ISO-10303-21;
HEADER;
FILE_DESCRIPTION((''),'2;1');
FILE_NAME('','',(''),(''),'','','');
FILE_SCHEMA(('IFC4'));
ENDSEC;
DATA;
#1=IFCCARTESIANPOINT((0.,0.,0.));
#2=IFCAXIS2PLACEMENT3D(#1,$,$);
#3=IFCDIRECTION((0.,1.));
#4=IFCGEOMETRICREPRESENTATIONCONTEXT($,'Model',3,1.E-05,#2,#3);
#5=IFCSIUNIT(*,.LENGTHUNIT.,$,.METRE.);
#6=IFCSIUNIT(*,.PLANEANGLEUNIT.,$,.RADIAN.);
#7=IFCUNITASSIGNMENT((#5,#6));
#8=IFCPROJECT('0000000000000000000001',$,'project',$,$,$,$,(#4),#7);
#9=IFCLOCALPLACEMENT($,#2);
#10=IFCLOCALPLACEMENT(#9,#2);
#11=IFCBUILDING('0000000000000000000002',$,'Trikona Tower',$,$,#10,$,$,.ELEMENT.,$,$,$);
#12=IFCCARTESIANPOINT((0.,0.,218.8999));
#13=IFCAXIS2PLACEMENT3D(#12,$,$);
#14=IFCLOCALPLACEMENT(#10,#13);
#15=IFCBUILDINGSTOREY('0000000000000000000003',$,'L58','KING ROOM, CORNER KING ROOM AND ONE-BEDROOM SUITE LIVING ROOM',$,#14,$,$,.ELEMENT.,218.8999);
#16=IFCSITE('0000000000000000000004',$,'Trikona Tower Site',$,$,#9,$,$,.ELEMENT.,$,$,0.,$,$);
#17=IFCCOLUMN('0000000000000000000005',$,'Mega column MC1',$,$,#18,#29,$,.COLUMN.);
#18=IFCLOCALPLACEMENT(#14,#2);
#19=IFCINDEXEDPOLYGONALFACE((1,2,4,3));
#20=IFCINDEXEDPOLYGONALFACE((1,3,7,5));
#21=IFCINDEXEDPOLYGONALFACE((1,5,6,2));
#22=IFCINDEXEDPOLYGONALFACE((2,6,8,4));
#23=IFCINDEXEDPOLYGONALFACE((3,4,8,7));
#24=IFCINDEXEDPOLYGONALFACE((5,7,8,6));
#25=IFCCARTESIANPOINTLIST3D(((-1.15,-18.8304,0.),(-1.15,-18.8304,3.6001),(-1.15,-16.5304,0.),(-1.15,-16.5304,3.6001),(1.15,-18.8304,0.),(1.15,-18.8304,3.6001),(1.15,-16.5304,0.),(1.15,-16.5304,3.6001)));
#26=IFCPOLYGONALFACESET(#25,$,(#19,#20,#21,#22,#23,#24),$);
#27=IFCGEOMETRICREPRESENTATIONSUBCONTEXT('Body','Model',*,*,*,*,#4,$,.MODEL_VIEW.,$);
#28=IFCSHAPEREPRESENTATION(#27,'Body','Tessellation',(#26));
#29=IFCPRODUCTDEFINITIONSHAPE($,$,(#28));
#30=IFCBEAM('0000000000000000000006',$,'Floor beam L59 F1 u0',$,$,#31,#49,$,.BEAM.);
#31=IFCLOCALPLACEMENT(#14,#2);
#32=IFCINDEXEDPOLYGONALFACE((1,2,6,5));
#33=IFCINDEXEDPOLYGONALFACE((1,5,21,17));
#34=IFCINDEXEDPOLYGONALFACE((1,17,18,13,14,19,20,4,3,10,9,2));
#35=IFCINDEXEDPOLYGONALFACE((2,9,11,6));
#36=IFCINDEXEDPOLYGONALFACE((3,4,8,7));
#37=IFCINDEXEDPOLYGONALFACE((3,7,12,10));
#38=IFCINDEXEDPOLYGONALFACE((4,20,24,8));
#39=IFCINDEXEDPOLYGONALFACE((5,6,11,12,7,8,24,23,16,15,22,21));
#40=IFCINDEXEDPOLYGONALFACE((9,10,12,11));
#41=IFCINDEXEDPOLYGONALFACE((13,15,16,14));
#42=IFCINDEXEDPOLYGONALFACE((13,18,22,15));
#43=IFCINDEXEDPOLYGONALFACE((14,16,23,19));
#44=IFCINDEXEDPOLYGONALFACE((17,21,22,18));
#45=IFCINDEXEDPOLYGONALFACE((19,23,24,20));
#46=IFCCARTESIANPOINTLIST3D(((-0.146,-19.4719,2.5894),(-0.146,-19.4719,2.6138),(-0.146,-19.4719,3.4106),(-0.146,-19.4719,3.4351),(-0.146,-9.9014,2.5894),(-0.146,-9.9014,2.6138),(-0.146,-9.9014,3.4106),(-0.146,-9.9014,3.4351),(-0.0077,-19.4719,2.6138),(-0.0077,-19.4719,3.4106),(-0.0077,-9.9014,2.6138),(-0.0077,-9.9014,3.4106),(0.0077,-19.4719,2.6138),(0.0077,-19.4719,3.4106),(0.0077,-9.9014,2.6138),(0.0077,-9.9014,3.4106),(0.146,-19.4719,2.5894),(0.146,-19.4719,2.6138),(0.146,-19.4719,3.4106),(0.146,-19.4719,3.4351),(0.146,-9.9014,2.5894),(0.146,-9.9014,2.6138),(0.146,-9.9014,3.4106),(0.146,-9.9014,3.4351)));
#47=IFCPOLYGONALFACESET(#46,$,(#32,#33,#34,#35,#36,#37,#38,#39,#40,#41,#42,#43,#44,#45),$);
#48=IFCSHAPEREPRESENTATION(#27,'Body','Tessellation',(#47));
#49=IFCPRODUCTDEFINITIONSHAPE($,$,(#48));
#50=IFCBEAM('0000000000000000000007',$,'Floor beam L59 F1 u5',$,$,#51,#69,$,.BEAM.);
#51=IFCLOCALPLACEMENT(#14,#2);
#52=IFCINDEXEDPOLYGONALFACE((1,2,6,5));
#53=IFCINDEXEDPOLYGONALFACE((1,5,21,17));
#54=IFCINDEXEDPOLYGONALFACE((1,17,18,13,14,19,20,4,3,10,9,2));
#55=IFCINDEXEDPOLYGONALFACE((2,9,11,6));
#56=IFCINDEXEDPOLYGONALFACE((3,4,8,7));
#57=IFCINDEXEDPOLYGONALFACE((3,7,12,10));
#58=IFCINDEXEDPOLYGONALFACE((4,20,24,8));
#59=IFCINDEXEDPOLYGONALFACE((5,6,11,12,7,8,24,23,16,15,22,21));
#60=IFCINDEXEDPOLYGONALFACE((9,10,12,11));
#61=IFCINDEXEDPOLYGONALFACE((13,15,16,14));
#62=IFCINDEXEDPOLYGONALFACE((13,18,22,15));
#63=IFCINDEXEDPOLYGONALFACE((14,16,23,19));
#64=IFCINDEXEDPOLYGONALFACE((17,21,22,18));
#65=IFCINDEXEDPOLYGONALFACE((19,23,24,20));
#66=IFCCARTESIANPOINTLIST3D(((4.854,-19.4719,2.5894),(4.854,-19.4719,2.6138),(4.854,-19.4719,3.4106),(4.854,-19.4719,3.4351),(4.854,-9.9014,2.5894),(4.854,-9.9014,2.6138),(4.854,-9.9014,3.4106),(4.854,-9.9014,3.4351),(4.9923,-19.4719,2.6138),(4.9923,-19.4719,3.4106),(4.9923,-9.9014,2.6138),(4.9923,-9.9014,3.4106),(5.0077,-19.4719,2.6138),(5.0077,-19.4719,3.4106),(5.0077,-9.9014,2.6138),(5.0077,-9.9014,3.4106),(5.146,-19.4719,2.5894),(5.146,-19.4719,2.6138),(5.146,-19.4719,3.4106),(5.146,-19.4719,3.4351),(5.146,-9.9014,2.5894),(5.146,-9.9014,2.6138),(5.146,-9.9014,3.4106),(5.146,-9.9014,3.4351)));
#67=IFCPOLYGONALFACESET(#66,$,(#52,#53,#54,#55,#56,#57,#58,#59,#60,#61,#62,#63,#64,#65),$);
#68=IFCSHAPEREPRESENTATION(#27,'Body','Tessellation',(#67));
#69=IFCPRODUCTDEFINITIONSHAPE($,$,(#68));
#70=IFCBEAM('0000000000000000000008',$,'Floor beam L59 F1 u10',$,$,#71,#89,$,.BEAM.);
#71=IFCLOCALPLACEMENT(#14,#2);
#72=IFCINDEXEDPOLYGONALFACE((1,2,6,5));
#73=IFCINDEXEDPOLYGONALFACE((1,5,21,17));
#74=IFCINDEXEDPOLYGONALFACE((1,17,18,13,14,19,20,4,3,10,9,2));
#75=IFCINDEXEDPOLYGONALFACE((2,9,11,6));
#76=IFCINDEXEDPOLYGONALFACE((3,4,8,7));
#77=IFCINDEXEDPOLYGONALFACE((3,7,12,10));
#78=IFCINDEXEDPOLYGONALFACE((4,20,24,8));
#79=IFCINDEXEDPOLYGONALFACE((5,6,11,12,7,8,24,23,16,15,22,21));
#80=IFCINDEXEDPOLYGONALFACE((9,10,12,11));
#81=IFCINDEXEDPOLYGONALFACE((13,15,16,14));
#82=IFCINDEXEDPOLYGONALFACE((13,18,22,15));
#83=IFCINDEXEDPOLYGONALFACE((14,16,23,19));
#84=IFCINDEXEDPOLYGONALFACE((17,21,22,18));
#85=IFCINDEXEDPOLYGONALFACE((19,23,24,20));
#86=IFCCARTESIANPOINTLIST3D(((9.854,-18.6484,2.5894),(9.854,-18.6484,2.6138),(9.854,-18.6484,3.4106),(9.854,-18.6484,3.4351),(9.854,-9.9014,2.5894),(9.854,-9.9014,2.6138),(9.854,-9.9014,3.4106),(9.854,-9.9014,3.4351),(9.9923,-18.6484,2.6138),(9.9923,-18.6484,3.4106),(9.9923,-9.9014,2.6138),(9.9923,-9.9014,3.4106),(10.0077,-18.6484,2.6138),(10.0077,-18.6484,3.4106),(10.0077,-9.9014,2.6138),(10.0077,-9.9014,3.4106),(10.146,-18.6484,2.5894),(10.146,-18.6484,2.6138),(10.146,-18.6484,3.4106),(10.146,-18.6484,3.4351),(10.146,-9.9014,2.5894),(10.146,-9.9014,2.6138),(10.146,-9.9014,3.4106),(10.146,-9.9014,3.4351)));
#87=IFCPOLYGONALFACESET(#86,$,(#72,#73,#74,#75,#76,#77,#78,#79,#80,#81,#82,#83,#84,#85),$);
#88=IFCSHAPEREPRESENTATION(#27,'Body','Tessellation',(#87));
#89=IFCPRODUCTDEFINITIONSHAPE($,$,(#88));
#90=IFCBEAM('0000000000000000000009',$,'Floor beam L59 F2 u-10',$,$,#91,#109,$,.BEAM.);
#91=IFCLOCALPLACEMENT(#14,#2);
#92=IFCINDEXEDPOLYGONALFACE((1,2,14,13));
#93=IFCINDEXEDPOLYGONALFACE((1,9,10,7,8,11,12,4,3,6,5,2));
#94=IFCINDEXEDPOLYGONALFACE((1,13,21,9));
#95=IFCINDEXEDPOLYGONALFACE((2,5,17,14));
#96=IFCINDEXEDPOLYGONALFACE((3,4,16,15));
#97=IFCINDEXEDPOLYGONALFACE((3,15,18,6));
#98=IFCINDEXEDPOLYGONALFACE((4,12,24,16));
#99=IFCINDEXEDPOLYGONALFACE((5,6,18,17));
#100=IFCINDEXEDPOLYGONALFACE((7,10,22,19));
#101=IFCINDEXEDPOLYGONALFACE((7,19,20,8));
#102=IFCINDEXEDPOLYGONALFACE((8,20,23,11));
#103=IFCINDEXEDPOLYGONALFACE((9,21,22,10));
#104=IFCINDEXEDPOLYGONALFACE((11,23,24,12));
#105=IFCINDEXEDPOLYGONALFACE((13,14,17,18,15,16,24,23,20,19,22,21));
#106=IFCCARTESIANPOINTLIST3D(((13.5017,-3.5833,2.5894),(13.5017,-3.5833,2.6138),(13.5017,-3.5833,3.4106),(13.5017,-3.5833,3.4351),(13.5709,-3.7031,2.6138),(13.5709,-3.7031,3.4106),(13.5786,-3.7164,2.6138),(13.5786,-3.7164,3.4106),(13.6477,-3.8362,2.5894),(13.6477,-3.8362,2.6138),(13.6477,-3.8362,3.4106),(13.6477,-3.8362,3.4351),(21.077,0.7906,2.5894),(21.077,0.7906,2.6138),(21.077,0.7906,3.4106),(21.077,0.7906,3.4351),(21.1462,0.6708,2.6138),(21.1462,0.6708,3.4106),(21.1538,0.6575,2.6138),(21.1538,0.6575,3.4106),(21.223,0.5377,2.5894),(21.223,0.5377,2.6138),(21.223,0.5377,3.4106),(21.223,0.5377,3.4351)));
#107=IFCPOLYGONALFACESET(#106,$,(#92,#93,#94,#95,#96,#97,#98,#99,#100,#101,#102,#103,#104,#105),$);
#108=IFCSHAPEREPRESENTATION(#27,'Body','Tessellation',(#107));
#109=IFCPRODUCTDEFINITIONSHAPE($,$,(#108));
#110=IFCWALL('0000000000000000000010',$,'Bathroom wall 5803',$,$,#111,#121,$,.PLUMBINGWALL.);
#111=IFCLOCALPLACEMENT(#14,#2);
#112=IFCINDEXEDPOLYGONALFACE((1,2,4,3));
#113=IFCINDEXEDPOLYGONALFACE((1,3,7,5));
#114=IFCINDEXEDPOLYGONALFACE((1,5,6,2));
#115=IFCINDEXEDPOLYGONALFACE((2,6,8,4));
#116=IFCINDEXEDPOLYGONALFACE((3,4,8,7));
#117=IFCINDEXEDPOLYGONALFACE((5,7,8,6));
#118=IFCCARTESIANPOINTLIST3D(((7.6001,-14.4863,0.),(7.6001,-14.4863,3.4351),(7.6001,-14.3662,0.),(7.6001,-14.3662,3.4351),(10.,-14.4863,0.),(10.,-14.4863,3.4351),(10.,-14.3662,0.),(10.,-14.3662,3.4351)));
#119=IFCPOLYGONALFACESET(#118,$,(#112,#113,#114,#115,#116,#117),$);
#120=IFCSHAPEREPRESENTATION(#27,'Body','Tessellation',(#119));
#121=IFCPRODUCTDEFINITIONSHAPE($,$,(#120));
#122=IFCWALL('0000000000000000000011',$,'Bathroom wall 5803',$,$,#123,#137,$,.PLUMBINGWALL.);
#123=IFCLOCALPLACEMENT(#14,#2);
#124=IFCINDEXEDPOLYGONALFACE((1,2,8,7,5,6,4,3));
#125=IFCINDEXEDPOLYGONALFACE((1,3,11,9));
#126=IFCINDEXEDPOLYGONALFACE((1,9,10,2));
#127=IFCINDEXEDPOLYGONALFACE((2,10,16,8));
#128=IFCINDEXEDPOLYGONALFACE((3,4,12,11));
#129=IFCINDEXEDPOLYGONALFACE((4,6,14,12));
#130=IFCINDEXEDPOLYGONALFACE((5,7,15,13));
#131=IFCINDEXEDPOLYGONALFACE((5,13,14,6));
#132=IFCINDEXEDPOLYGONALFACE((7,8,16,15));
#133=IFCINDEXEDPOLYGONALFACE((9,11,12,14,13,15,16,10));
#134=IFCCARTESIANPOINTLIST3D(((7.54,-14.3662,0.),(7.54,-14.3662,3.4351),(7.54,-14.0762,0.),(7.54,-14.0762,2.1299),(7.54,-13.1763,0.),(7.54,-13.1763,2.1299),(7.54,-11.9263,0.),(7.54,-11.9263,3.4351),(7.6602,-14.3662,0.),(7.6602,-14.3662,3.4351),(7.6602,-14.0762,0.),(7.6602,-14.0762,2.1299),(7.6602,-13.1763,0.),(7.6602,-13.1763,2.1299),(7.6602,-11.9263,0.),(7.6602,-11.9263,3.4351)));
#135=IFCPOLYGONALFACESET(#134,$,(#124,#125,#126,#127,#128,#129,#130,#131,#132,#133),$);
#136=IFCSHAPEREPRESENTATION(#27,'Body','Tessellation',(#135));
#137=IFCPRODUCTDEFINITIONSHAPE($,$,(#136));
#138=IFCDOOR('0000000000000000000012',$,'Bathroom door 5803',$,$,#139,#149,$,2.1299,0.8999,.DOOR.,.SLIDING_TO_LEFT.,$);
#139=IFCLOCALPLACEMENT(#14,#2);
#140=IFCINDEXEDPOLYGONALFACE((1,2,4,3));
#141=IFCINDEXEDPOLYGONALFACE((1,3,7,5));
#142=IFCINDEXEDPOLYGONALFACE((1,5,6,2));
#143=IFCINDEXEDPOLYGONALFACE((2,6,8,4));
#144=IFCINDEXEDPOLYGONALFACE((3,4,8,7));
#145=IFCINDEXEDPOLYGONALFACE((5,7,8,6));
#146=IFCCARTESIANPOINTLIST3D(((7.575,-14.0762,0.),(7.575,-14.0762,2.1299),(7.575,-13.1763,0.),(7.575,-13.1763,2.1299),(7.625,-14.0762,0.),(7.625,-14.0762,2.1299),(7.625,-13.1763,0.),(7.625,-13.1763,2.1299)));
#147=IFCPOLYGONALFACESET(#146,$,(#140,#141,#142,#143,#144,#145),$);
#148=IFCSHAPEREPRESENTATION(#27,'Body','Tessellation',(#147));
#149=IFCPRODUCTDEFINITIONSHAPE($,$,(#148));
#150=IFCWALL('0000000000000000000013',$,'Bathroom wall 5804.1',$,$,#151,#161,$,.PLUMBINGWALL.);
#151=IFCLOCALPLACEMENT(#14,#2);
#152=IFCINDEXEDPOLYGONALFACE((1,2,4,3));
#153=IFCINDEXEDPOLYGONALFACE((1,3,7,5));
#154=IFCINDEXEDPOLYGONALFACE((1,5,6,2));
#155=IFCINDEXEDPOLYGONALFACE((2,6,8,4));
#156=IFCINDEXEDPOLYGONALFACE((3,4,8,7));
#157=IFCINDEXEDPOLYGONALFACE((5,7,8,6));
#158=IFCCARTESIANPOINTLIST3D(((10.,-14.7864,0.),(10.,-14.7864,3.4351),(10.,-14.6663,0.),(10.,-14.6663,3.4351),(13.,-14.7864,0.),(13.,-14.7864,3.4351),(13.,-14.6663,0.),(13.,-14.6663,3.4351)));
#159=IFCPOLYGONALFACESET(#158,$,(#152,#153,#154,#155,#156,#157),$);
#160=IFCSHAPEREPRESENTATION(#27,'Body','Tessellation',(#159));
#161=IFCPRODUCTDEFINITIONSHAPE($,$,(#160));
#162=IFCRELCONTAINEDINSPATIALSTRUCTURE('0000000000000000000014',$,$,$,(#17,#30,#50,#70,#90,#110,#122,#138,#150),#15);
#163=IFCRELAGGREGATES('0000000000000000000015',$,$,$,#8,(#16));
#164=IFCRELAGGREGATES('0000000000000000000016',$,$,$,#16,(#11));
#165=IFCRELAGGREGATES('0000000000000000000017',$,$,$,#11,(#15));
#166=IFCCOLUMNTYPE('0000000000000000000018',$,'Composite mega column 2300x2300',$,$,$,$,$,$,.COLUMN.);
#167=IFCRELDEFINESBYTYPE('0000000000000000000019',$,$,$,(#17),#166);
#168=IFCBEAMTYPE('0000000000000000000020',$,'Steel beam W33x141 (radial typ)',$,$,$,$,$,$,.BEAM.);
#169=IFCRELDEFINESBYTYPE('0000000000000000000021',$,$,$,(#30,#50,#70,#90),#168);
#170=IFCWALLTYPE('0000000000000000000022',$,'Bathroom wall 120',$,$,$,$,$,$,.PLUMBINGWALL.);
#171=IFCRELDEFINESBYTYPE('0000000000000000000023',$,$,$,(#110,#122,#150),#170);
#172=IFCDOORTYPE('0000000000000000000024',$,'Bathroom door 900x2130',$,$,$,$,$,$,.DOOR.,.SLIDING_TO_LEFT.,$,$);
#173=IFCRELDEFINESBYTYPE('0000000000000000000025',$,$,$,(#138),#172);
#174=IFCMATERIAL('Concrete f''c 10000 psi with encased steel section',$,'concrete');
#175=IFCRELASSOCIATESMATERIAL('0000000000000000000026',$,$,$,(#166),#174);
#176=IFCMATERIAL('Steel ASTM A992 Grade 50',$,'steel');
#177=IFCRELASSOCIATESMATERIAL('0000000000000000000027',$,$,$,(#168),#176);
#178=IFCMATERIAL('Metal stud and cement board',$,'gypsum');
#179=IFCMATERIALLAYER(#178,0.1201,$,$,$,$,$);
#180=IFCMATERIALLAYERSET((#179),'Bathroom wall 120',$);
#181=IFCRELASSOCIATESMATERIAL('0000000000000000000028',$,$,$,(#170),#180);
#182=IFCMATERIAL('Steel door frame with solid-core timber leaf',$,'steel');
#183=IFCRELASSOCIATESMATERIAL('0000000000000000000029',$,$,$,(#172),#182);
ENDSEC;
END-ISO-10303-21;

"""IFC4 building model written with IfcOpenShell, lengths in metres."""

from ifc_helpers import new_model, si_unit, direction, frame, frame_2d, origin, origin_2d, place, context, subcontext, project, spatial, rectangle, i_section, extrude, material, layer, layer_set, material_profile, profile_set, type_object, element, fill, save


model = new_model("IFC4")

# Units and contexts
model_context = context("Model", 3, precision=1e-05, world=origin(), true_north=direction((0.0, 1.0)))
body_context = subcontext(model_context, "Body", "Model", "MODEL_VIEW")
ifc_project = project(units=[si_unit("LENGTHUNIT", "METRE"), si_unit("PLANEANGLEUNIT", "RADIAN")], contexts=[model_context])

# Site, building, storey
site_placement = place(None, origin())
site = spatial("IfcSite", under=ifc_project, at=site_placement, Name="Trikona Tower Site", CompositionType="ELEMENT", RefElevation=0.0)
building_placement = place(site_placement, origin())
building = spatial("IfcBuilding", under=site, at=building_placement, Name="Trikona Tower", CompositionType="ELEMENT")
storey_placement = place(building_placement, frame((0.0, 0.0, 218.8999)))
storey = spatial("IfcBuildingStorey", under=building, at=storey_placement, Name="L58", Description="KING ROOM, CORNER KING ROOM AND ONE-BEDROOM SUITE LIVING ROOM", CompositionType="ELEMENT", Elevation=218.8999)

# Column
ifc_material_1 = material(Name="Concrete f'c 10000 psi with encased steel section", Category="concrete")
ifc_material_profile_1 = material_profile(ifc_material_1, rectangle(XDim=2.3, YDim=2.3, at=origin_2d()), Name="MC2300")
ifc_profile_set_1 = profile_set([ifc_material_profile_1], Name="Concrete f'c 10000 psi with encased steel section")
column_type = type_object("IfcColumnType", Name="Composite mega column 2300x2300", PredefinedType="COLUMN", material=ifc_profile_set_1)
column_placement = place(storey_placement, frame((0.0, -17.6804, 0.0), z_axis=(0.0, 0.0, 1.0), x_axis=(0.0, -1.0, 0.0)))
element("IfcColumn", 1, at=column_placement, inside=storey, type_object=column_type, Name="Mega column MC1", PredefinedType="COLUMN", context=body_context, shape_type="SweptSolid", body=[
    extrude(rectangle(XDim=2.3, YDim=2.3, at=origin_2d()), origin(), (0.0, 0.0, 1.0), 3.6001),
])

# Beams
ifc_material_2 = material(Name="Steel ASTM A992 Grade 50", Category="steel")
ifc_material_profile_2 = material_profile(ifc_material_2, i_section(OverallWidth=0.292, OverallDepth=0.8457, WebThickness=0.0154, FlangeThickness=0.0244, at=origin_2d()), Name="W33X141")
ifc_profile_set_2 = profile_set([ifc_material_profile_2], Name="Steel ASTM A992 Grade 50")
beam_type = type_object("IfcBeamType", Name="Steel beam W33x141 (radial typ)", PredefinedType="BEAM", material=ifc_profile_set_2)
for number, where, z_axis, x_axis, name in (
    (2, (0.0, -9.9014, 3.0122), (0.0, -1.0, 0.0), (1.0, 0.0, 0.0), "Floor beam L59 F1 u0"),
    (3, (5.0, -9.9014, 3.0122), (0.0, -1.0, 0.0), (1.0, 0.0, 0.0), "Floor beam L59 F1 u5"),
):
    element("IfcBeam", number, at=place(storey_placement, frame(where, z_axis=z_axis, x_axis=x_axis)), inside=storey, type_object=beam_type, Name=name, PredefinedType="BEAM", context=body_context, shape_type="SweptSolid", body=[
        extrude(i_section(OverallWidth=0.292, OverallDepth=0.8457, WebThickness=0.0154, FlangeThickness=0.0244, at=origin_2d()), origin(), (0.0, 0.0, 1.0), 9.5706),
    ])
beam_1_placement = place(storey_placement, frame((10.0, -9.9014, 3.0122), z_axis=(0.0, -1.0, 0.0), x_axis=(1.0, 0.0, 0.0)))
element("IfcBeam", 4, at=beam_1_placement, inside=storey, type_object=beam_type, Name="Floor beam L59 F1 u10", PredefinedType="BEAM", context=body_context, shape_type="SweptSolid", body=[
    extrude(i_section(OverallWidth=0.292, OverallDepth=0.8457, WebThickness=0.0154, FlangeThickness=0.0244, at=origin_2d()), origin(), (0.0, 0.0, 1.0), 8.7471),
])
beam_2_placement = place(storey_placement, frame((13.5747, -3.7097, 3.0122), z_axis=(0.866014, 0.50002, 0.0), x_axis=(-0.50002, 0.866014, 0.0)))
element("IfcBeam", 5, at=beam_2_placement, inside=storey, type_object=beam_type, Name="Floor beam L59 F2 u-10", PredefinedType="BEAM", context=body_context, shape_type="SweptSolid", body=[
    extrude(i_section(OverallWidth=0.292, OverallDepth=0.8457, WebThickness=0.0154, FlangeThickness=0.0244, at=origin_2d()), origin(), (0.0, 0.0, 1.0), 8.7473),
])

# Wall
ifc_material_3 = material(Name="Metal stud and cement board", Category="gypsum")
ifc_layer_1 = layer(ifc_material_3, 0.1201)
ifc_layer_set_1 = layer_set([ifc_layer_1], Name="Bathroom wall 120")
wall_type_1 = type_object("IfcWallType", Name="Bathroom wall 120", PredefinedType="PLUMBINGWALL", material=ifc_layer_set_1)
wall_1_placement = place(storey_placement, frame((7.6001, -14.4263, 0.0), z_axis=(0.0, 0.0, 1.0), x_axis=(1.0, 0.0, 0.0)))
element("IfcWall", 6, at=wall_1_placement, inside=storey, type_object=wall_type_1, Name="Bathroom wall 5803", PredefinedType="PLUMBINGWALL", context=body_context, shape_type="SweptSolid", body=[
    extrude(rectangle(XDim=2.3999, YDim=0.1201, at=frame_2d((1.2, 0.0))), origin(), (0.0, 0.0, 1.0), 3.4351),
])

# Wall, opening, door
wall_2_placement = place(storey_placement, frame((7.6001, -11.9263, 0.0), z_axis=(0.0, 0.0, 1.0), x_axis=(0.0, -1.0, 0.0)))
wall_2 = element("IfcWall", 7, at=wall_2_placement, inside=storey, type_object=wall_type_1, Name="Bathroom wall 5803", PredefinedType="PLUMBINGWALL", context=body_context, shape_type="SweptSolid", body=[
    extrude(rectangle(XDim=2.4399, YDim=0.1201, at=frame_2d((1.22, 0.0))), origin(), (0.0, 0.0, 1.0), 3.4351),
])
opening_1_placement = place(wall_2_placement, frame((1.25, 0.0, 0.0)))
opening_1 = element("IfcOpeningElement", 8, at=opening_1_placement, cuts=wall_2, PredefinedType="OPENING", context=body_context, shape_type="SweptSolid", body=[
    extrude(rectangle(XDim=0.8999, YDim=2.1299, at=frame_2d((0.45, 1.0649))), frame((0.0, 0.0701, 0.0), z_axis=(0.0, -1.0, 0.0), x_axis=(1.0, 0.0, 0.0)), (0.0, 0.0, 1.0), 0.1401),
])
ifc_material_4 = material(Name="Steel door frame with solid-core timber leaf", Category="steel")
door_type_1 = type_object("IfcDoorType", Name="Bathroom door 900x2130", OperationType="SLIDING_TO_LEFT", PredefinedType="DOOR", material=ifc_material_4)
door_1_placement = place(opening_1_placement, origin())
door_1 = element("IfcDoor", 9, at=door_1_placement, inside=storey, type_object=door_type_1, Name="Bathroom door 5803", OperationType="SLIDING_TO_LEFT", OverallHeight=2.1299, OverallWidth=0.8999, PredefinedType="DOOR", context=body_context, shape_type="SweptSolid", body=[
    extrude(rectangle(XDim=0.8999, YDim=2.1299, at=frame_2d((0.45, 1.0649))), frame((0.0, 0.0249, 0.0), z_axis=(0.0, -1.0, 0.0), x_axis=(1.0, 0.0, 0.0)), (0.0, 0.0, 1.0), 0.05),
])
fill(opening_1, door_1)

# Wall
wall_3_placement = place(storey_placement, frame((10.0, -14.7263, 0.0), z_axis=(0.0, 0.0, 1.0), x_axis=(1.0, 0.0, 0.0)))
element("IfcWall", 10, at=wall_3_placement, inside=storey, type_object=wall_type_1, Name="Bathroom wall 5804.1", PredefinedType="PLUMBINGWALL", context=body_context, shape_type="SweptSolid", body=[
    extrude(rectangle(XDim=3.0, YDim=0.1201, at=frame_2d((1.5, 0.0))), origin(), (0.0, 0.0, 1.0), 3.4351),
])

save(model, "model.ifc")
